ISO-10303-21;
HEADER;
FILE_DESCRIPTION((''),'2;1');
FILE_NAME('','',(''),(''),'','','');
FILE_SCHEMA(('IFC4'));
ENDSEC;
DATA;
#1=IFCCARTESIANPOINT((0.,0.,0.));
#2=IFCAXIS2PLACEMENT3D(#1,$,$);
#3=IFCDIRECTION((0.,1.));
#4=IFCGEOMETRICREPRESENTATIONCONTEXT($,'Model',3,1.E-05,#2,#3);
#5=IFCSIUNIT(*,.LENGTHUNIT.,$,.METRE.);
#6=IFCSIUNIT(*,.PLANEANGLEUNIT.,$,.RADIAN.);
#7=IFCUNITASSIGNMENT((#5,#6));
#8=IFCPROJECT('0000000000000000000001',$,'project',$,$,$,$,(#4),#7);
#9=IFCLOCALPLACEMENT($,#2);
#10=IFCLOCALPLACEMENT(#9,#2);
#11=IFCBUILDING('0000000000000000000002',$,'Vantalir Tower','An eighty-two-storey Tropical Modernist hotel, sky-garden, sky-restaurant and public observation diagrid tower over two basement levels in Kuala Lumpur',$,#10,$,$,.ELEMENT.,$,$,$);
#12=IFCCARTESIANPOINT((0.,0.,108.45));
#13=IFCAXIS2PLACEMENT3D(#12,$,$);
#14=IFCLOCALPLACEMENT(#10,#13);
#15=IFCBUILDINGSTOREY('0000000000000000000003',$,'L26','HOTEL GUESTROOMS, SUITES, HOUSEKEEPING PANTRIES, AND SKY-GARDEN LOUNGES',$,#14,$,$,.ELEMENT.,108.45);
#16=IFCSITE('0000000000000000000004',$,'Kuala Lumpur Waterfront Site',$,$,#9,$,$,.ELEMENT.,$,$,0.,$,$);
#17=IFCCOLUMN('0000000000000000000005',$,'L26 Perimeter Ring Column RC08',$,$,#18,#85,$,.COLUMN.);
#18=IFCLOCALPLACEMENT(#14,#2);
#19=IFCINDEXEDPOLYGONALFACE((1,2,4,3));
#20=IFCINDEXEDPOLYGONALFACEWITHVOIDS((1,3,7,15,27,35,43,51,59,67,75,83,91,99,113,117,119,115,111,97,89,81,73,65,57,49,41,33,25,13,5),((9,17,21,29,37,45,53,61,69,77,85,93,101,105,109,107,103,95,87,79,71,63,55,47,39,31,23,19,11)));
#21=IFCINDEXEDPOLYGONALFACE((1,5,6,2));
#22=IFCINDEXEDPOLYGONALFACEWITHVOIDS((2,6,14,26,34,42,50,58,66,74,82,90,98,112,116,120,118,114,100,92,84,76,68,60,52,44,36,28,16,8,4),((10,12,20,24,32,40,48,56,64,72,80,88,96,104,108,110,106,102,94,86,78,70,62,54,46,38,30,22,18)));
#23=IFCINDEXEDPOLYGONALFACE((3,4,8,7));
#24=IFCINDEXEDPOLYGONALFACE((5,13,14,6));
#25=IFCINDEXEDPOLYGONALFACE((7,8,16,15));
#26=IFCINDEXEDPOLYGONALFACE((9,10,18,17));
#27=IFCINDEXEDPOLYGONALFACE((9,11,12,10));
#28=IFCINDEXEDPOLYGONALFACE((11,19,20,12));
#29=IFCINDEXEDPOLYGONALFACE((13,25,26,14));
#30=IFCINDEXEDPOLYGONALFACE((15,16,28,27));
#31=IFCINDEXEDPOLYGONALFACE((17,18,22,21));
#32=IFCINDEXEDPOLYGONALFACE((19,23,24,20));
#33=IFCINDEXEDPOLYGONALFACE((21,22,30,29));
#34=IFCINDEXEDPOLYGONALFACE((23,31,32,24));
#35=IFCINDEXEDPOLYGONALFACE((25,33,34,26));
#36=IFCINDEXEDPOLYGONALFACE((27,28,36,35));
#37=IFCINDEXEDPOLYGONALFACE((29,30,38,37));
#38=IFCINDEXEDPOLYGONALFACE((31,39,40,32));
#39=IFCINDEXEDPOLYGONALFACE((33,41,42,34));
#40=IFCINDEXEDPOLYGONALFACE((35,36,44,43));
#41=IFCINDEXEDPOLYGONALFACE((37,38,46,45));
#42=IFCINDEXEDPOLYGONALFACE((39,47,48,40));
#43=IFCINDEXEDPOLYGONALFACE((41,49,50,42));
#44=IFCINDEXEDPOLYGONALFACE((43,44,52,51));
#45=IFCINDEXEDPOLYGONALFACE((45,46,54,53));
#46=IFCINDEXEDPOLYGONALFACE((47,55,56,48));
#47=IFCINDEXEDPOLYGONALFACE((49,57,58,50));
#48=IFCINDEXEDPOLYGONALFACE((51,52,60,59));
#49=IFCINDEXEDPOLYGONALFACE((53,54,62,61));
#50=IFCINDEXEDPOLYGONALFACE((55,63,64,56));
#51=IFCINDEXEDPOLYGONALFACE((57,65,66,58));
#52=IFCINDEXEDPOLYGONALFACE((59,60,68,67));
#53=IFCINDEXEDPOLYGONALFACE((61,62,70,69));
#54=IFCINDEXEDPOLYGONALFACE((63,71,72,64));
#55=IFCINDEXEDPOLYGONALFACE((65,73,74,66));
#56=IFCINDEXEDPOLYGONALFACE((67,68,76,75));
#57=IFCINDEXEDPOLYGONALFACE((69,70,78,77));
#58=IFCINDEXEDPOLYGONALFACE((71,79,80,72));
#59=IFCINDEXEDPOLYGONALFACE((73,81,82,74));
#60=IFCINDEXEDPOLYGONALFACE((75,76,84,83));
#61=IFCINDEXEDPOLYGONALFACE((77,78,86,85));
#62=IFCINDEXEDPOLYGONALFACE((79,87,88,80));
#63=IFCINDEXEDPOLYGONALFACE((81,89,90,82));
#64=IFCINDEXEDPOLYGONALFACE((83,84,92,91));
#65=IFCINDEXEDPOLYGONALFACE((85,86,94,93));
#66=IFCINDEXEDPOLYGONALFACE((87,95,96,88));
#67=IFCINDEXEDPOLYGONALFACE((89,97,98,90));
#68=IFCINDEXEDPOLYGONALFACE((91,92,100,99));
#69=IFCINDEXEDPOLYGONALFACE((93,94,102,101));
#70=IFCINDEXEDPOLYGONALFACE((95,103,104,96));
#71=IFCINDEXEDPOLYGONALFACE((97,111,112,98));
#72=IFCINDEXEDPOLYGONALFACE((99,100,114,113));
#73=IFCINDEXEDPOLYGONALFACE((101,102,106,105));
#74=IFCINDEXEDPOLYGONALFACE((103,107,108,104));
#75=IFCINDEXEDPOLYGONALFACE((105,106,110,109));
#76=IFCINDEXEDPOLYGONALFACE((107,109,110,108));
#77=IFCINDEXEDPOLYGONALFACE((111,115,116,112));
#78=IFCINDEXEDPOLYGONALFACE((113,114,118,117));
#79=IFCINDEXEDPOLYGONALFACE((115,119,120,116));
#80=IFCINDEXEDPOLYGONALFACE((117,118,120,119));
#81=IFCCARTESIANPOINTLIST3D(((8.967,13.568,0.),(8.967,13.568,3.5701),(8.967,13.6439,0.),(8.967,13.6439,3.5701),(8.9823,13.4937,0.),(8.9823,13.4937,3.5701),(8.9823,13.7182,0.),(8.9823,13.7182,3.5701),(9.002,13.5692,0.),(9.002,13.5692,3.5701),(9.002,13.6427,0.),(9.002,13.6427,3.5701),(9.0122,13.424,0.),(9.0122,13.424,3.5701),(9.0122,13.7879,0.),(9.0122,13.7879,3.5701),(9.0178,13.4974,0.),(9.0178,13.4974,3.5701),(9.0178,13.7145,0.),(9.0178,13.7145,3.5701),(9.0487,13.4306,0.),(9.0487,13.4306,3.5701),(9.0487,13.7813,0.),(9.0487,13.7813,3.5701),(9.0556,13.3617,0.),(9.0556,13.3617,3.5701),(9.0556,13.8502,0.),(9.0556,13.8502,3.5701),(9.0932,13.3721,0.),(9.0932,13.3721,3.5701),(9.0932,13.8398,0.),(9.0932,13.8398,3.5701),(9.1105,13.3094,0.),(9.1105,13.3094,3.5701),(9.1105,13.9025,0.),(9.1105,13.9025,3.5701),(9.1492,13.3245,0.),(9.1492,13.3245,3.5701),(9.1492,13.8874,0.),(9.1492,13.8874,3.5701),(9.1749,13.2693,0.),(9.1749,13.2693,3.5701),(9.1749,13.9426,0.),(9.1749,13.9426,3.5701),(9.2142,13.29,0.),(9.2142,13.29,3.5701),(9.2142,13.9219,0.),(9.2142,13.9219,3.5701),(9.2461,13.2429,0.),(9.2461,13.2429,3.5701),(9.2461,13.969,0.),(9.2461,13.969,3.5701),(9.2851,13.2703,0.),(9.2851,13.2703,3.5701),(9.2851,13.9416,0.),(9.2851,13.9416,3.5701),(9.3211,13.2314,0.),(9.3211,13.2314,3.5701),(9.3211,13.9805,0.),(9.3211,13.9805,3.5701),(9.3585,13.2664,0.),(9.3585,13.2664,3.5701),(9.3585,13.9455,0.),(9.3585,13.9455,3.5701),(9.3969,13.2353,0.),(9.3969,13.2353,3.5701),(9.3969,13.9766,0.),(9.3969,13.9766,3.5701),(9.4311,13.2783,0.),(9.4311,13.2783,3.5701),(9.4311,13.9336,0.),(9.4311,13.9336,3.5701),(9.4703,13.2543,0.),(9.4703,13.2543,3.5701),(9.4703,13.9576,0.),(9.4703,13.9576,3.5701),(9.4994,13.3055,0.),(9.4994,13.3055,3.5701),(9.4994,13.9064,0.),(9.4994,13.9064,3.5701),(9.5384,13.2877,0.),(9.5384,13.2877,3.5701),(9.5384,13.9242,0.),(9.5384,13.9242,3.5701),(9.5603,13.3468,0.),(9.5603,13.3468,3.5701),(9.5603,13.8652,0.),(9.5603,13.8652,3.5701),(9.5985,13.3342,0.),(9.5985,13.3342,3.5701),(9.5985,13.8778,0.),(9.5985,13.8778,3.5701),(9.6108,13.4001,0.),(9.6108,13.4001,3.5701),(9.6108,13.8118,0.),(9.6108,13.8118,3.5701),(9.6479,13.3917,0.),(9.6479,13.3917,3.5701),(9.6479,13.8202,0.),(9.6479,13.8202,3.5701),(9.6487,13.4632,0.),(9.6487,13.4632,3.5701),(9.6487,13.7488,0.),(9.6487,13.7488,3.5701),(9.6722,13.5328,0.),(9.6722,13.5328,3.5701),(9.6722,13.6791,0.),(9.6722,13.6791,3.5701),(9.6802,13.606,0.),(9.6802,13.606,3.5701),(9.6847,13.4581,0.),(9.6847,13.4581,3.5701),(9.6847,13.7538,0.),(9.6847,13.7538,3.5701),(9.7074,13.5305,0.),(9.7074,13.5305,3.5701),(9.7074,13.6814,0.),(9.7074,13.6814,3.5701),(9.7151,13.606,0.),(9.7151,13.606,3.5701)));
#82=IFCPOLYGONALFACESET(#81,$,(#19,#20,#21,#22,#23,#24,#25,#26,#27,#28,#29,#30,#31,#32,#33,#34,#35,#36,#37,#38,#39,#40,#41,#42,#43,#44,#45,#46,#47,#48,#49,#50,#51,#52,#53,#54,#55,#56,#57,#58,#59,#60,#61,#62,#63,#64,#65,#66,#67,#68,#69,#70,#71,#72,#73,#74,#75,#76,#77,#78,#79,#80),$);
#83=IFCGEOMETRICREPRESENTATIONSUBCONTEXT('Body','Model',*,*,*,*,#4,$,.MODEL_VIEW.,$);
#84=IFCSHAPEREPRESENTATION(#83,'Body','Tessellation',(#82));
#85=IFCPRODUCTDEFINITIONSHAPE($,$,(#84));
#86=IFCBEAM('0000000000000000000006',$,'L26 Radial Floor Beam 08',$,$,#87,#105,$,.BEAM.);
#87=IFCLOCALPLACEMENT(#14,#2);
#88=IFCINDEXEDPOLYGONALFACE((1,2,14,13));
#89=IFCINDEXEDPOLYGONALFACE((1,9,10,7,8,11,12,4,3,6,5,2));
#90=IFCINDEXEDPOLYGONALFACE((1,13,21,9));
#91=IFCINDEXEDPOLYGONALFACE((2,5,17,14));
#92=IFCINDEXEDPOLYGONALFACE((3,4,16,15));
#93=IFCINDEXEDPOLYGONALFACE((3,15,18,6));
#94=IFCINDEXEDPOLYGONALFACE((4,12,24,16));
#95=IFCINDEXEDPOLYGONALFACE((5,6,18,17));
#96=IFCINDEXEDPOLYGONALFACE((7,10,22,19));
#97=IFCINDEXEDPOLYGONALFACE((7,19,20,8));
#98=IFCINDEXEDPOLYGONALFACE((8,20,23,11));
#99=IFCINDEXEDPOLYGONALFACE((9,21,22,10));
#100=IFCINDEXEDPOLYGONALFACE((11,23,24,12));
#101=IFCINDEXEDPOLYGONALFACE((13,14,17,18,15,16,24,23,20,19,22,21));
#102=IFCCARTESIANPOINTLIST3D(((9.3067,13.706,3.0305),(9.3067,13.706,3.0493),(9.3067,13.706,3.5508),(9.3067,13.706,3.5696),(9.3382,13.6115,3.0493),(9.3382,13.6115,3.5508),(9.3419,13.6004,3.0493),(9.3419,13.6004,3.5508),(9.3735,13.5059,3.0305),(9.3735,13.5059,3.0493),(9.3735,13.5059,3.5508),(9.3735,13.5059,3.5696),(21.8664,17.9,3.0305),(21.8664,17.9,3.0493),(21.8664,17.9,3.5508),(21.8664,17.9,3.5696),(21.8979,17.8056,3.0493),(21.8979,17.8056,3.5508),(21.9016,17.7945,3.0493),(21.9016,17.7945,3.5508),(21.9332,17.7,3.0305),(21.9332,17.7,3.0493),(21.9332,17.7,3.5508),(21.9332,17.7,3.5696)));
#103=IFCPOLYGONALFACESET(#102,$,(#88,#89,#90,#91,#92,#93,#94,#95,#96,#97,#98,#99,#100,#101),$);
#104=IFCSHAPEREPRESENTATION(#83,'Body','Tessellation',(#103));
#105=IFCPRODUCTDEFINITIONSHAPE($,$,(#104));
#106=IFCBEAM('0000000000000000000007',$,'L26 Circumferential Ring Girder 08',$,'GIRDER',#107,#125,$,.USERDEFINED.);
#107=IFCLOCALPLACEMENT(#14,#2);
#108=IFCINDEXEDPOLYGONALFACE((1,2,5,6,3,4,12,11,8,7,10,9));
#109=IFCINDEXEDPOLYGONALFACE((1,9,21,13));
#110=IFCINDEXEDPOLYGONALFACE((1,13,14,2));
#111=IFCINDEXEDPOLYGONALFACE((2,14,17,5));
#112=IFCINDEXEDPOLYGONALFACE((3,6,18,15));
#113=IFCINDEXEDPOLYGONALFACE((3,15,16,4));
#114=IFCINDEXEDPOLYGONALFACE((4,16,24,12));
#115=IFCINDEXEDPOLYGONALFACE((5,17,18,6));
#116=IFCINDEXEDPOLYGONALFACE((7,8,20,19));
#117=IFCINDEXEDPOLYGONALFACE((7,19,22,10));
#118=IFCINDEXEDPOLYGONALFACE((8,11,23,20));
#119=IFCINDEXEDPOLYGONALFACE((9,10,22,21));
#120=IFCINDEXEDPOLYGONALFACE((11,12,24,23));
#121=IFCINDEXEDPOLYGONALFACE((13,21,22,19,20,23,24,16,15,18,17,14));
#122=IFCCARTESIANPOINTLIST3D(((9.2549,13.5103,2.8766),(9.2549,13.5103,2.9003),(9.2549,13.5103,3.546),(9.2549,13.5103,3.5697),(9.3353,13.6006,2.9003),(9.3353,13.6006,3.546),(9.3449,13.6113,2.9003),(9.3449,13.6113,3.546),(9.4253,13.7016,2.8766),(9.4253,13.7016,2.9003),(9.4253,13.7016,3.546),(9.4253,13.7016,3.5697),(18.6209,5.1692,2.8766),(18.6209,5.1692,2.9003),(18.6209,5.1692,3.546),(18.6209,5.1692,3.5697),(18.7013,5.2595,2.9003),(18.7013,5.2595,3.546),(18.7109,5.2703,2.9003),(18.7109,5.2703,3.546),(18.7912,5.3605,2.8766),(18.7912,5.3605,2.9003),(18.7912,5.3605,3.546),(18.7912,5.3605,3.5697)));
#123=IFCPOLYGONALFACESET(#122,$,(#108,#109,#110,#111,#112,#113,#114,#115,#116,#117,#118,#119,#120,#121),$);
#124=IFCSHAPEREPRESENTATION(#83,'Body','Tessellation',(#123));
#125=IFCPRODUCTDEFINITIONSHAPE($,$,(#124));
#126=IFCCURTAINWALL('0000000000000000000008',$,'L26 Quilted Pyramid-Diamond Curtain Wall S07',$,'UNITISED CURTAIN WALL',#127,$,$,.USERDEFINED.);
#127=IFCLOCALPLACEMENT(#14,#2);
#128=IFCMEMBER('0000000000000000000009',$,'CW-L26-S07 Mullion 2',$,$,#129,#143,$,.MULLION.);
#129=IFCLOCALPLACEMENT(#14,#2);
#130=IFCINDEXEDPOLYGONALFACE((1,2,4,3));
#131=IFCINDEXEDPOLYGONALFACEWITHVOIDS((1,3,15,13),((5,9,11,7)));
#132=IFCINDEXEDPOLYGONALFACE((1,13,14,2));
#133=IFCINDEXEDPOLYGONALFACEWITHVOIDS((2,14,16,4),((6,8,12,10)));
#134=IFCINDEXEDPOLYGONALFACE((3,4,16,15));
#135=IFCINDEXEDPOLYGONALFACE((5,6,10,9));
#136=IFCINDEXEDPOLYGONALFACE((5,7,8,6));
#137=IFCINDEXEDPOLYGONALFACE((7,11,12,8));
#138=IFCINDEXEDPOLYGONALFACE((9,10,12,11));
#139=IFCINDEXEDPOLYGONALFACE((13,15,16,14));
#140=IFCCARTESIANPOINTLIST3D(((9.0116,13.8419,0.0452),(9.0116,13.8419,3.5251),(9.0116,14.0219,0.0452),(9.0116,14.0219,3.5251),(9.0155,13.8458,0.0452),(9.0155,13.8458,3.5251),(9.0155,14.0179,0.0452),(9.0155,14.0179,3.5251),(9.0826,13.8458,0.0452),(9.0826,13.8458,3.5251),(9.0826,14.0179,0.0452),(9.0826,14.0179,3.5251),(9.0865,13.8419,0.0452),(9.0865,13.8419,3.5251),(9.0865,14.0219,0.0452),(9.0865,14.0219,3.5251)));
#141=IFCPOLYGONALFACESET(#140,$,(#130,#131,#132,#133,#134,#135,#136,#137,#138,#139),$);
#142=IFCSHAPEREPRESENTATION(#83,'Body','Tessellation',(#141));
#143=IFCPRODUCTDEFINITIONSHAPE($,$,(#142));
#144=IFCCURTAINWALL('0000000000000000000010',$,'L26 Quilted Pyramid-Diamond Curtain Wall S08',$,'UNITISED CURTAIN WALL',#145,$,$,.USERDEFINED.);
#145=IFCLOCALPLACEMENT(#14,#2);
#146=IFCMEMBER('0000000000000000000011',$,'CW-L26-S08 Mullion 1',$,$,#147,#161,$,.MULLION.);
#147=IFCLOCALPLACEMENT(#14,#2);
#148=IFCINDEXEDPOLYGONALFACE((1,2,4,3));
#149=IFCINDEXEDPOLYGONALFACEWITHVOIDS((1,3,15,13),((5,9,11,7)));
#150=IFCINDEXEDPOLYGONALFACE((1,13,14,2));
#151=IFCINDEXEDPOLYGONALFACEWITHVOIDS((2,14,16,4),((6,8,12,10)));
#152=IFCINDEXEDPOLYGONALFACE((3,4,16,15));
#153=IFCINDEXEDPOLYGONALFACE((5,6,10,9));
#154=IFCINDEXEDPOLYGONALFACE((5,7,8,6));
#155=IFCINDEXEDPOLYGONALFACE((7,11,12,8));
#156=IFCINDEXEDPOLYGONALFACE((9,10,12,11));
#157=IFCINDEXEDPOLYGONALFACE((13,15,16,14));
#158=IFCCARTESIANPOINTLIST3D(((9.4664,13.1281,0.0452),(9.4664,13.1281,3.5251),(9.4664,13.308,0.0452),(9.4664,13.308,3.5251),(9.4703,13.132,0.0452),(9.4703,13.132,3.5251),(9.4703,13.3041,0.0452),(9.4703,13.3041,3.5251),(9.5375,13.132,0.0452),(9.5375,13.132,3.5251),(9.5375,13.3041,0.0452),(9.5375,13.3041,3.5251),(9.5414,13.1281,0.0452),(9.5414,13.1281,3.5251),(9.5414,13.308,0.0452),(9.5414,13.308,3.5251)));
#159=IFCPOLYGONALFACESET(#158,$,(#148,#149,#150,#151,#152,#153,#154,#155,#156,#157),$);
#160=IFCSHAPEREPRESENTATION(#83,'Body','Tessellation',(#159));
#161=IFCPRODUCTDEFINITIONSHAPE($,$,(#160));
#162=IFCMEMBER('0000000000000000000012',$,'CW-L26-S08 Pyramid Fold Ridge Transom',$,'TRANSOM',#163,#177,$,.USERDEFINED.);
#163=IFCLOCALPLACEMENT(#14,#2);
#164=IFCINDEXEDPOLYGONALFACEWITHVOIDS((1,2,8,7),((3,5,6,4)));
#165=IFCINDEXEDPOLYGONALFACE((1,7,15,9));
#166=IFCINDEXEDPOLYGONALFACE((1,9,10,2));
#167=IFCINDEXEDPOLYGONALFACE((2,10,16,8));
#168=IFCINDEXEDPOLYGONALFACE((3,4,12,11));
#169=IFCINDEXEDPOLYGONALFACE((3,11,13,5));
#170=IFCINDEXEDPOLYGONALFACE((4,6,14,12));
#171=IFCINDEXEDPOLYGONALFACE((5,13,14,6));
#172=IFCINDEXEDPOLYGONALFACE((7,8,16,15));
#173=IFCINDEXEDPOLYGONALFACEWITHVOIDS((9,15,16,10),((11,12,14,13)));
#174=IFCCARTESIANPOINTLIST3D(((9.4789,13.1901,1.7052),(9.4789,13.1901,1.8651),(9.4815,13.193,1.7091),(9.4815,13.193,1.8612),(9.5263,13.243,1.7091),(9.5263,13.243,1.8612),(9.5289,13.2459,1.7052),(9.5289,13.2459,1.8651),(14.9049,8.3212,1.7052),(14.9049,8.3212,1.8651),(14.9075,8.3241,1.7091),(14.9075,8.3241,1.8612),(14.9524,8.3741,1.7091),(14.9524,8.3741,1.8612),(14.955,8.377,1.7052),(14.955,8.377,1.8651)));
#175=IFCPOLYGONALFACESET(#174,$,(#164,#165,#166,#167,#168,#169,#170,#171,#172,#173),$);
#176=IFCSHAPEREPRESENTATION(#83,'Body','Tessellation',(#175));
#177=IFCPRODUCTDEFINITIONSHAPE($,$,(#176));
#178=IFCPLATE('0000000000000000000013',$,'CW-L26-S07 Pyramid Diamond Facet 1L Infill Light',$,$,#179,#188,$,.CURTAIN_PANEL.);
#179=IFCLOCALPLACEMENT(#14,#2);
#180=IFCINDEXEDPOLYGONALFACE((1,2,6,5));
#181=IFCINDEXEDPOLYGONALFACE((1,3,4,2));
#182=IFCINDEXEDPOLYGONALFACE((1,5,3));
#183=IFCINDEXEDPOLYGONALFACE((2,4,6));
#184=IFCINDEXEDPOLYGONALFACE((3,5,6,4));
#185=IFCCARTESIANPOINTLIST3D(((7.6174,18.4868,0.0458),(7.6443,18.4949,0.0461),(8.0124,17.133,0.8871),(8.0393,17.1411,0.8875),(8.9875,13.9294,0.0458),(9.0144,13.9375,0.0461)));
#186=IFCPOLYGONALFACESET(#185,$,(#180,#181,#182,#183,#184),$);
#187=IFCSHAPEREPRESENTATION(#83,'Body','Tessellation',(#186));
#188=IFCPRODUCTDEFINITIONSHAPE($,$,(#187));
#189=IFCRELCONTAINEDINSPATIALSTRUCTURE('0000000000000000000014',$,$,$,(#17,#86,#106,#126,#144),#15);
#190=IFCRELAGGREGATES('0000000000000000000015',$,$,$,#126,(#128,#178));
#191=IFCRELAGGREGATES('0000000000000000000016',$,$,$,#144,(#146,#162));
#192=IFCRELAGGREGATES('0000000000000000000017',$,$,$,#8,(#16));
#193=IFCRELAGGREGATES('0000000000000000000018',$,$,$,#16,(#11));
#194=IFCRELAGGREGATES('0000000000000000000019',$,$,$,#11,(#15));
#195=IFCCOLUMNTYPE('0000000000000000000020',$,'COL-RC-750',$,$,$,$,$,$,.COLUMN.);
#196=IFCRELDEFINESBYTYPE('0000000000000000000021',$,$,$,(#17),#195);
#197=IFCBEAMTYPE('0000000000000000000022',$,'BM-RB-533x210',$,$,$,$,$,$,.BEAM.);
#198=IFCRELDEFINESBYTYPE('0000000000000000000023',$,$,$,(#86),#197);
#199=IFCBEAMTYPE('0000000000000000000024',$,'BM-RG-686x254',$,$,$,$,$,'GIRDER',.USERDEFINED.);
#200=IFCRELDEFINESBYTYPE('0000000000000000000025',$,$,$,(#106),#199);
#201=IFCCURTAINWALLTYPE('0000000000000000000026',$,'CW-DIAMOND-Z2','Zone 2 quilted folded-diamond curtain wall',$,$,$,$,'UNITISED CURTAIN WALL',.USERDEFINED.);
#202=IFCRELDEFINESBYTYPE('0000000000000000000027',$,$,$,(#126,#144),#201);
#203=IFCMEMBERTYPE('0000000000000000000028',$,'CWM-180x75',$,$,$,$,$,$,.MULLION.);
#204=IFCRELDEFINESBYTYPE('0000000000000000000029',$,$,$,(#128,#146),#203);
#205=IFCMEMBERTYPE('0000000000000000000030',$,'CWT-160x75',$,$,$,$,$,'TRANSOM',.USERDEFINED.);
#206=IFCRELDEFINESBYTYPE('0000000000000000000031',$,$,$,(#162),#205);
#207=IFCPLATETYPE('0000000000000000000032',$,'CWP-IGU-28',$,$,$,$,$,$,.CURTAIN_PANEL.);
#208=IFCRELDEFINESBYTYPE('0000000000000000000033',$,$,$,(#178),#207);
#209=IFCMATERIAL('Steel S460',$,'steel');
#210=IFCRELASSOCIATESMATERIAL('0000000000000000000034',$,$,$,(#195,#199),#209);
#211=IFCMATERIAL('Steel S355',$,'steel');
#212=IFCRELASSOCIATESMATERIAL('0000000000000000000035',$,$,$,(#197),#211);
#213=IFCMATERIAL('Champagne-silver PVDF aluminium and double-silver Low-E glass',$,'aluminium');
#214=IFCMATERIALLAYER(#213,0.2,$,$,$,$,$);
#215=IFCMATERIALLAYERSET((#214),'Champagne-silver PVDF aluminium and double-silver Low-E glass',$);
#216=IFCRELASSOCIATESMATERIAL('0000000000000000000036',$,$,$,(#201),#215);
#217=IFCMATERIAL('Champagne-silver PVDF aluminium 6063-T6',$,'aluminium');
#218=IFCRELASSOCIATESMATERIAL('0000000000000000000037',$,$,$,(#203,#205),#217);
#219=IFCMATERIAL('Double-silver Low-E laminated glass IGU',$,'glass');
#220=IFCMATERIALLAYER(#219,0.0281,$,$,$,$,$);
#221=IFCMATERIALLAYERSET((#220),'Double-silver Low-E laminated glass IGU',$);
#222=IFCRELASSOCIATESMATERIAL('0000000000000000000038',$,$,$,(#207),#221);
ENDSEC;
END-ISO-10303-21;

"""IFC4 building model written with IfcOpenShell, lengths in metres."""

from ifc_helpers import new_model, si_unit, direction, frame, origin, origin_2d, place, context, subcontext, project, spatial, polyline, hollow_rectangle, hollow_circle, i_section, outline, extrude, material, layer, layer_set, material_profile, profile_set, type_object, element, aggregate, save


model = new_model("IFC4")

# Units and contexts
model_context = context("Model", 3, precision=1e-05, world=origin(), true_north=direction((0.0, 1.0)))
body_context = subcontext(model_context, "Body", "Model", "MODEL_VIEW")
ifc_project = project(units=[si_unit("LENGTHUNIT", "METRE"), si_unit("PLANEANGLEUNIT", "RADIAN")], contexts=[model_context])

# Site, building, storey
site_placement = place(None, origin())
site = spatial("IfcSite", under=ifc_project, at=site_placement, Name="Kuala Lumpur Waterfront Site", CompositionType="ELEMENT", RefElevation=0.0)
building_placement = place(site_placement, origin())
building = spatial("IfcBuilding", under=site, at=building_placement, Name="Vantalir Tower", Description="An eighty-two-storey Tropical Modernist hotel, sky-garden, sky-restaurant and public observation diagrid tower over two basement levels in Kuala Lumpur", CompositionType="ELEMENT")
storey_placement = place(building_placement, frame((0.0, 0.0, 108.45)))
storey = spatial("IfcBuildingStorey", under=building, at=storey_placement, Name="L26", Description="HOTEL GUESTROOMS, SUITES, HOUSEKEEPING PANTRIES, AND SKY-GARDEN LOUNGES", CompositionType="ELEMENT", Elevation=108.45)

# Column
ifc_material_1 = material(Name="Steel S460", Category="steel")
ifc_material_profile_1 = material_profile(ifc_material_1, hollow_circle(Radius=0.375, WallThickness=0.0349, at=origin_2d()), Name="Steel S460")
ifc_profile_set_1 = profile_set([ifc_material_profile_1], Name="Steel S460")
column_type = type_object("IfcColumnType", Name="COL-RC-750", PredefinedType="COLUMN", material=ifc_profile_set_1)
column_placement = place(storey_placement, frame((9.3401, 13.606, 0.0), z_axis=(0.0, 0.0, 1.0), x_axis=(1.0, 0.0, 0.0)))
element("IfcColumn", 1, at=column_placement, inside=storey, type_object=column_type, Name="L26 Perimeter Ring Column RC08", PredefinedType="COLUMN", context=body_context, shape_type="SweptSolid", body=[
    extrude(hollow_circle(Radius=0.375, WallThickness=0.0349, at=origin_2d()), origin(), (0.0, 0.0, 1.0), 3.5701),
])

# Beams
ifc_material_2 = material(Name="Steel S355", Category="steel")
ifc_material_profile_2 = material_profile(ifc_material_2, i_section(OverallWidth=0.2109, OverallDepth=0.5391, WebThickness=0.0117, FlangeThickness=0.0188, at=origin_2d()), Name="Steel S355")
ifc_profile_set_2 = profile_set([ifc_material_profile_2], Name="Steel S355")
beam_type_1 = type_object("IfcBeamType", Name="BM-RB-533x210", PredefinedType="BEAM", material=ifc_profile_set_2)
beam_1_placement = place(storey_placement, frame((9.3401, 13.606, 3.3), z_axis=(0.948514, 0.316737, 0.0), x_axis=(-0.316737, 0.948514, 0.0)))
element("IfcBeam", 2, at=beam_1_placement, inside=storey, type_object=beam_type_1, Name="L26 Radial Floor Beam 08", PredefinedType="BEAM", context=body_context, shape_type="SweptSolid", body=[
    extrude(i_section(OverallWidth=0.2109, OverallDepth=0.5391, WebThickness=0.0117, FlangeThickness=0.0188, at=origin_2d()), origin(), (0.0, 0.0, 1.0), 13.2415),
])
ifc_material_profile_3 = material_profile(ifc_material_1, i_section(OverallWidth=0.2561, OverallDepth=0.6931, WebThickness=0.0144, FlangeThickness=0.0237, at=origin_2d()), Name="Steel S460")
ifc_profile_set_3 = profile_set([ifc_material_profile_3], Name="Steel S460")
beam_type_2 = type_object("IfcBeamType", Name="BM-RG-686x254", ElementType="GIRDER", PredefinedType="USERDEFINED", material=ifc_profile_set_3)
beam_2_placement = place(storey_placement, frame((9.3401, 13.606, 3.2231), z_axis=(0.746785, -0.665066, 0.0), x_axis=(0.665066, 0.746785, 0.0)))
element("IfcBeam", 3, at=beam_2_placement, inside=storey, type_object=beam_type_2, Name="L26 Circumferential Ring Girder 08", ObjectType="GIRDER", PredefinedType="USERDEFINED", context=body_context, shape_type="SweptSolid", body=[
    extrude(i_section(OverallWidth=0.2561, OverallDepth=0.6931, WebThickness=0.0144, FlangeThickness=0.0237, at=origin_2d()), origin(), (0.0, 0.0, 1.0), 12.5417),
])

# Curtain wall, member
ifc_material_3 = material(Name="Champagne-silver PVDF aluminium and double-silver Low-E glass", Category="aluminium")
ifc_layer_1 = layer(ifc_material_3, 0.2)
ifc_layer_set_1 = layer_set([ifc_layer_1], Name="Champagne-silver PVDF aluminium and double-silver Low-E glass")
curtain_wall_type = type_object("IfcCurtainWallType", Name="CW-DIAMOND-Z2", Description="Zone 2 quilted folded-diamond curtain wall", ElementType="UNITISED CURTAIN WALL", PredefinedType="USERDEFINED", material=ifc_layer_set_1)
curtain_wall_1_placement = place(storey_placement, origin())
curtain_wall_1 = element("IfcCurtainWall", 4, at=curtain_wall_1_placement, inside=storey, type_object=curtain_wall_type, Name="L26 Quilted Pyramid-Diamond Curtain Wall S07", ObjectType="UNITISED CURTAIN WALL", PredefinedType="USERDEFINED")
ifc_material_4 = material(Name="Champagne-silver PVDF aluminium 6063-T6", Category="aluminium")
ifc_material_profile_4 = material_profile(ifc_material_4, hollow_rectangle(XDim=0.075, YDim=0.1799, WallThickness=0.0039, at=origin_2d()), Name="Champagne-silver PVDF aluminium 6063-T6")
ifc_profile_set_4 = profile_set([ifc_material_profile_4], Name="Champagne-silver PVDF aluminium 6063-T6")
member_type_1 = type_object("IfcMemberType", Name="CWM-180x75", PredefinedType="MULLION", material=ifc_profile_set_4)
member_1_placement = place(storey_placement, frame((9.0491, 13.9319, 0.0452), z_axis=(0.0, 0.0, 1.0), x_axis=(1.0, 0.0, 0.0)))
member_1 = element("IfcMember", 5, at=member_1_placement, type_object=member_type_1, Name="CW-L26-S07 Mullion 2", PredefinedType="MULLION", context=body_context, shape_type="SweptSolid", body=[
    extrude(hollow_rectangle(XDim=0.075, YDim=0.1799, WallThickness=0.0039, at=origin_2d()), origin(), (0.0, 0.0, 1.0), 3.48),
])

# Curtain wall, members
curtain_wall_2_placement = place(storey_placement, origin())
curtain_wall_2 = element("IfcCurtainWall", 6, at=curtain_wall_2_placement, inside=storey, type_object=curtain_wall_type, Name="L26 Quilted Pyramid-Diamond Curtain Wall S08", ObjectType="UNITISED CURTAIN WALL", PredefinedType="USERDEFINED")
member_2_placement = place(storey_placement, frame((9.5039, 13.218, 0.0452), z_axis=(0.0, 0.0, 1.0), x_axis=(1.0, 0.0, 0.0)))
member_2 = element("IfcMember", 7, at=member_2_placement, type_object=member_type_1, Name="CW-L26-S08 Mullion 1", PredefinedType="MULLION", context=body_context, shape_type="SweptSolid", body=[
    extrude(hollow_rectangle(XDim=0.075, YDim=0.1799, WallThickness=0.0039, at=origin_2d()), origin(), (0.0, 0.0, 1.0), 3.48),
])
ifc_material_profile_5 = material_profile(ifc_material_4, hollow_rectangle(XDim=0.075, YDim=0.1599, WallThickness=0.0039, at=origin_2d()), Name="Champagne-silver PVDF aluminium 6063-T6")
ifc_profile_set_5 = profile_set([ifc_material_profile_5], Name="Champagne-silver PVDF aluminium 6063-T6")
member_type_2 = type_object("IfcMemberType", Name="CWT-160x75", ElementType="TRANSOM", PredefinedType="USERDEFINED", material=ifc_profile_set_5)
member_3_placement = place(storey_placement, frame((9.5039, 13.218, 1.7852), z_axis=(0.744284, -0.667863, 0.0), x_axis=(0.667863, 0.744284, 0.0)))
member_3 = element("IfcMember", 8, at=member_3_placement, type_object=member_type_2, Name="CW-L26-S08 Pyramid Fold Ridge Transom", ObjectType="TRANSOM", PredefinedType="USERDEFINED", context=body_context, shape_type="SweptSolid", body=[
    extrude(hollow_rectangle(XDim=0.075, YDim=0.1599, WallThickness=0.0039, at=origin_2d()), origin(), (0.0, 0.0, 1.0), 7.2903),
])

# Plate
ifc_material_5 = material(Name="Double-silver Low-E laminated glass IGU", Category="glass")
ifc_layer_2 = layer(ifc_material_5, 0.0281)
ifc_layer_set_2 = layer_set([ifc_layer_2], Name="Double-silver Low-E laminated glass IGU")
plate_type_1 = type_object("IfcPlateType", Name="CWP-IGU-28", PredefinedType="CURTAIN_PANEL", material=ifc_layer_set_2)
plate_1_placement = place(storey_placement, frame((7.6443, 18.4949, 0.0461), z_axis=(0.957569, 0.287881, 0.013626), x_axis=(0.287908, -0.957658, 0.0)))
plate_1 = element("IfcPlate", 9, at=plate_1_placement, type_object=plate_type_1, Name="CW-L26-S07 Pyramid Diamond Facet 1L Infill Light", PredefinedType="CURTAIN_PANEL", context=body_context, shape_type="SweptSolid", body=[
    extrude(outline(polyline([(0.0, 0.0), (4.7589, 0.0), (1.4102, -0.8414), (0.0, 0.0)])), origin(), (0.0, 0.0, -1.0), 0.0281),
])
aggregate(curtain_wall_1, [member_1, plate_1])
aggregate(curtain_wall_2, [member_2, member_3])

save(model, "model.ifc")
